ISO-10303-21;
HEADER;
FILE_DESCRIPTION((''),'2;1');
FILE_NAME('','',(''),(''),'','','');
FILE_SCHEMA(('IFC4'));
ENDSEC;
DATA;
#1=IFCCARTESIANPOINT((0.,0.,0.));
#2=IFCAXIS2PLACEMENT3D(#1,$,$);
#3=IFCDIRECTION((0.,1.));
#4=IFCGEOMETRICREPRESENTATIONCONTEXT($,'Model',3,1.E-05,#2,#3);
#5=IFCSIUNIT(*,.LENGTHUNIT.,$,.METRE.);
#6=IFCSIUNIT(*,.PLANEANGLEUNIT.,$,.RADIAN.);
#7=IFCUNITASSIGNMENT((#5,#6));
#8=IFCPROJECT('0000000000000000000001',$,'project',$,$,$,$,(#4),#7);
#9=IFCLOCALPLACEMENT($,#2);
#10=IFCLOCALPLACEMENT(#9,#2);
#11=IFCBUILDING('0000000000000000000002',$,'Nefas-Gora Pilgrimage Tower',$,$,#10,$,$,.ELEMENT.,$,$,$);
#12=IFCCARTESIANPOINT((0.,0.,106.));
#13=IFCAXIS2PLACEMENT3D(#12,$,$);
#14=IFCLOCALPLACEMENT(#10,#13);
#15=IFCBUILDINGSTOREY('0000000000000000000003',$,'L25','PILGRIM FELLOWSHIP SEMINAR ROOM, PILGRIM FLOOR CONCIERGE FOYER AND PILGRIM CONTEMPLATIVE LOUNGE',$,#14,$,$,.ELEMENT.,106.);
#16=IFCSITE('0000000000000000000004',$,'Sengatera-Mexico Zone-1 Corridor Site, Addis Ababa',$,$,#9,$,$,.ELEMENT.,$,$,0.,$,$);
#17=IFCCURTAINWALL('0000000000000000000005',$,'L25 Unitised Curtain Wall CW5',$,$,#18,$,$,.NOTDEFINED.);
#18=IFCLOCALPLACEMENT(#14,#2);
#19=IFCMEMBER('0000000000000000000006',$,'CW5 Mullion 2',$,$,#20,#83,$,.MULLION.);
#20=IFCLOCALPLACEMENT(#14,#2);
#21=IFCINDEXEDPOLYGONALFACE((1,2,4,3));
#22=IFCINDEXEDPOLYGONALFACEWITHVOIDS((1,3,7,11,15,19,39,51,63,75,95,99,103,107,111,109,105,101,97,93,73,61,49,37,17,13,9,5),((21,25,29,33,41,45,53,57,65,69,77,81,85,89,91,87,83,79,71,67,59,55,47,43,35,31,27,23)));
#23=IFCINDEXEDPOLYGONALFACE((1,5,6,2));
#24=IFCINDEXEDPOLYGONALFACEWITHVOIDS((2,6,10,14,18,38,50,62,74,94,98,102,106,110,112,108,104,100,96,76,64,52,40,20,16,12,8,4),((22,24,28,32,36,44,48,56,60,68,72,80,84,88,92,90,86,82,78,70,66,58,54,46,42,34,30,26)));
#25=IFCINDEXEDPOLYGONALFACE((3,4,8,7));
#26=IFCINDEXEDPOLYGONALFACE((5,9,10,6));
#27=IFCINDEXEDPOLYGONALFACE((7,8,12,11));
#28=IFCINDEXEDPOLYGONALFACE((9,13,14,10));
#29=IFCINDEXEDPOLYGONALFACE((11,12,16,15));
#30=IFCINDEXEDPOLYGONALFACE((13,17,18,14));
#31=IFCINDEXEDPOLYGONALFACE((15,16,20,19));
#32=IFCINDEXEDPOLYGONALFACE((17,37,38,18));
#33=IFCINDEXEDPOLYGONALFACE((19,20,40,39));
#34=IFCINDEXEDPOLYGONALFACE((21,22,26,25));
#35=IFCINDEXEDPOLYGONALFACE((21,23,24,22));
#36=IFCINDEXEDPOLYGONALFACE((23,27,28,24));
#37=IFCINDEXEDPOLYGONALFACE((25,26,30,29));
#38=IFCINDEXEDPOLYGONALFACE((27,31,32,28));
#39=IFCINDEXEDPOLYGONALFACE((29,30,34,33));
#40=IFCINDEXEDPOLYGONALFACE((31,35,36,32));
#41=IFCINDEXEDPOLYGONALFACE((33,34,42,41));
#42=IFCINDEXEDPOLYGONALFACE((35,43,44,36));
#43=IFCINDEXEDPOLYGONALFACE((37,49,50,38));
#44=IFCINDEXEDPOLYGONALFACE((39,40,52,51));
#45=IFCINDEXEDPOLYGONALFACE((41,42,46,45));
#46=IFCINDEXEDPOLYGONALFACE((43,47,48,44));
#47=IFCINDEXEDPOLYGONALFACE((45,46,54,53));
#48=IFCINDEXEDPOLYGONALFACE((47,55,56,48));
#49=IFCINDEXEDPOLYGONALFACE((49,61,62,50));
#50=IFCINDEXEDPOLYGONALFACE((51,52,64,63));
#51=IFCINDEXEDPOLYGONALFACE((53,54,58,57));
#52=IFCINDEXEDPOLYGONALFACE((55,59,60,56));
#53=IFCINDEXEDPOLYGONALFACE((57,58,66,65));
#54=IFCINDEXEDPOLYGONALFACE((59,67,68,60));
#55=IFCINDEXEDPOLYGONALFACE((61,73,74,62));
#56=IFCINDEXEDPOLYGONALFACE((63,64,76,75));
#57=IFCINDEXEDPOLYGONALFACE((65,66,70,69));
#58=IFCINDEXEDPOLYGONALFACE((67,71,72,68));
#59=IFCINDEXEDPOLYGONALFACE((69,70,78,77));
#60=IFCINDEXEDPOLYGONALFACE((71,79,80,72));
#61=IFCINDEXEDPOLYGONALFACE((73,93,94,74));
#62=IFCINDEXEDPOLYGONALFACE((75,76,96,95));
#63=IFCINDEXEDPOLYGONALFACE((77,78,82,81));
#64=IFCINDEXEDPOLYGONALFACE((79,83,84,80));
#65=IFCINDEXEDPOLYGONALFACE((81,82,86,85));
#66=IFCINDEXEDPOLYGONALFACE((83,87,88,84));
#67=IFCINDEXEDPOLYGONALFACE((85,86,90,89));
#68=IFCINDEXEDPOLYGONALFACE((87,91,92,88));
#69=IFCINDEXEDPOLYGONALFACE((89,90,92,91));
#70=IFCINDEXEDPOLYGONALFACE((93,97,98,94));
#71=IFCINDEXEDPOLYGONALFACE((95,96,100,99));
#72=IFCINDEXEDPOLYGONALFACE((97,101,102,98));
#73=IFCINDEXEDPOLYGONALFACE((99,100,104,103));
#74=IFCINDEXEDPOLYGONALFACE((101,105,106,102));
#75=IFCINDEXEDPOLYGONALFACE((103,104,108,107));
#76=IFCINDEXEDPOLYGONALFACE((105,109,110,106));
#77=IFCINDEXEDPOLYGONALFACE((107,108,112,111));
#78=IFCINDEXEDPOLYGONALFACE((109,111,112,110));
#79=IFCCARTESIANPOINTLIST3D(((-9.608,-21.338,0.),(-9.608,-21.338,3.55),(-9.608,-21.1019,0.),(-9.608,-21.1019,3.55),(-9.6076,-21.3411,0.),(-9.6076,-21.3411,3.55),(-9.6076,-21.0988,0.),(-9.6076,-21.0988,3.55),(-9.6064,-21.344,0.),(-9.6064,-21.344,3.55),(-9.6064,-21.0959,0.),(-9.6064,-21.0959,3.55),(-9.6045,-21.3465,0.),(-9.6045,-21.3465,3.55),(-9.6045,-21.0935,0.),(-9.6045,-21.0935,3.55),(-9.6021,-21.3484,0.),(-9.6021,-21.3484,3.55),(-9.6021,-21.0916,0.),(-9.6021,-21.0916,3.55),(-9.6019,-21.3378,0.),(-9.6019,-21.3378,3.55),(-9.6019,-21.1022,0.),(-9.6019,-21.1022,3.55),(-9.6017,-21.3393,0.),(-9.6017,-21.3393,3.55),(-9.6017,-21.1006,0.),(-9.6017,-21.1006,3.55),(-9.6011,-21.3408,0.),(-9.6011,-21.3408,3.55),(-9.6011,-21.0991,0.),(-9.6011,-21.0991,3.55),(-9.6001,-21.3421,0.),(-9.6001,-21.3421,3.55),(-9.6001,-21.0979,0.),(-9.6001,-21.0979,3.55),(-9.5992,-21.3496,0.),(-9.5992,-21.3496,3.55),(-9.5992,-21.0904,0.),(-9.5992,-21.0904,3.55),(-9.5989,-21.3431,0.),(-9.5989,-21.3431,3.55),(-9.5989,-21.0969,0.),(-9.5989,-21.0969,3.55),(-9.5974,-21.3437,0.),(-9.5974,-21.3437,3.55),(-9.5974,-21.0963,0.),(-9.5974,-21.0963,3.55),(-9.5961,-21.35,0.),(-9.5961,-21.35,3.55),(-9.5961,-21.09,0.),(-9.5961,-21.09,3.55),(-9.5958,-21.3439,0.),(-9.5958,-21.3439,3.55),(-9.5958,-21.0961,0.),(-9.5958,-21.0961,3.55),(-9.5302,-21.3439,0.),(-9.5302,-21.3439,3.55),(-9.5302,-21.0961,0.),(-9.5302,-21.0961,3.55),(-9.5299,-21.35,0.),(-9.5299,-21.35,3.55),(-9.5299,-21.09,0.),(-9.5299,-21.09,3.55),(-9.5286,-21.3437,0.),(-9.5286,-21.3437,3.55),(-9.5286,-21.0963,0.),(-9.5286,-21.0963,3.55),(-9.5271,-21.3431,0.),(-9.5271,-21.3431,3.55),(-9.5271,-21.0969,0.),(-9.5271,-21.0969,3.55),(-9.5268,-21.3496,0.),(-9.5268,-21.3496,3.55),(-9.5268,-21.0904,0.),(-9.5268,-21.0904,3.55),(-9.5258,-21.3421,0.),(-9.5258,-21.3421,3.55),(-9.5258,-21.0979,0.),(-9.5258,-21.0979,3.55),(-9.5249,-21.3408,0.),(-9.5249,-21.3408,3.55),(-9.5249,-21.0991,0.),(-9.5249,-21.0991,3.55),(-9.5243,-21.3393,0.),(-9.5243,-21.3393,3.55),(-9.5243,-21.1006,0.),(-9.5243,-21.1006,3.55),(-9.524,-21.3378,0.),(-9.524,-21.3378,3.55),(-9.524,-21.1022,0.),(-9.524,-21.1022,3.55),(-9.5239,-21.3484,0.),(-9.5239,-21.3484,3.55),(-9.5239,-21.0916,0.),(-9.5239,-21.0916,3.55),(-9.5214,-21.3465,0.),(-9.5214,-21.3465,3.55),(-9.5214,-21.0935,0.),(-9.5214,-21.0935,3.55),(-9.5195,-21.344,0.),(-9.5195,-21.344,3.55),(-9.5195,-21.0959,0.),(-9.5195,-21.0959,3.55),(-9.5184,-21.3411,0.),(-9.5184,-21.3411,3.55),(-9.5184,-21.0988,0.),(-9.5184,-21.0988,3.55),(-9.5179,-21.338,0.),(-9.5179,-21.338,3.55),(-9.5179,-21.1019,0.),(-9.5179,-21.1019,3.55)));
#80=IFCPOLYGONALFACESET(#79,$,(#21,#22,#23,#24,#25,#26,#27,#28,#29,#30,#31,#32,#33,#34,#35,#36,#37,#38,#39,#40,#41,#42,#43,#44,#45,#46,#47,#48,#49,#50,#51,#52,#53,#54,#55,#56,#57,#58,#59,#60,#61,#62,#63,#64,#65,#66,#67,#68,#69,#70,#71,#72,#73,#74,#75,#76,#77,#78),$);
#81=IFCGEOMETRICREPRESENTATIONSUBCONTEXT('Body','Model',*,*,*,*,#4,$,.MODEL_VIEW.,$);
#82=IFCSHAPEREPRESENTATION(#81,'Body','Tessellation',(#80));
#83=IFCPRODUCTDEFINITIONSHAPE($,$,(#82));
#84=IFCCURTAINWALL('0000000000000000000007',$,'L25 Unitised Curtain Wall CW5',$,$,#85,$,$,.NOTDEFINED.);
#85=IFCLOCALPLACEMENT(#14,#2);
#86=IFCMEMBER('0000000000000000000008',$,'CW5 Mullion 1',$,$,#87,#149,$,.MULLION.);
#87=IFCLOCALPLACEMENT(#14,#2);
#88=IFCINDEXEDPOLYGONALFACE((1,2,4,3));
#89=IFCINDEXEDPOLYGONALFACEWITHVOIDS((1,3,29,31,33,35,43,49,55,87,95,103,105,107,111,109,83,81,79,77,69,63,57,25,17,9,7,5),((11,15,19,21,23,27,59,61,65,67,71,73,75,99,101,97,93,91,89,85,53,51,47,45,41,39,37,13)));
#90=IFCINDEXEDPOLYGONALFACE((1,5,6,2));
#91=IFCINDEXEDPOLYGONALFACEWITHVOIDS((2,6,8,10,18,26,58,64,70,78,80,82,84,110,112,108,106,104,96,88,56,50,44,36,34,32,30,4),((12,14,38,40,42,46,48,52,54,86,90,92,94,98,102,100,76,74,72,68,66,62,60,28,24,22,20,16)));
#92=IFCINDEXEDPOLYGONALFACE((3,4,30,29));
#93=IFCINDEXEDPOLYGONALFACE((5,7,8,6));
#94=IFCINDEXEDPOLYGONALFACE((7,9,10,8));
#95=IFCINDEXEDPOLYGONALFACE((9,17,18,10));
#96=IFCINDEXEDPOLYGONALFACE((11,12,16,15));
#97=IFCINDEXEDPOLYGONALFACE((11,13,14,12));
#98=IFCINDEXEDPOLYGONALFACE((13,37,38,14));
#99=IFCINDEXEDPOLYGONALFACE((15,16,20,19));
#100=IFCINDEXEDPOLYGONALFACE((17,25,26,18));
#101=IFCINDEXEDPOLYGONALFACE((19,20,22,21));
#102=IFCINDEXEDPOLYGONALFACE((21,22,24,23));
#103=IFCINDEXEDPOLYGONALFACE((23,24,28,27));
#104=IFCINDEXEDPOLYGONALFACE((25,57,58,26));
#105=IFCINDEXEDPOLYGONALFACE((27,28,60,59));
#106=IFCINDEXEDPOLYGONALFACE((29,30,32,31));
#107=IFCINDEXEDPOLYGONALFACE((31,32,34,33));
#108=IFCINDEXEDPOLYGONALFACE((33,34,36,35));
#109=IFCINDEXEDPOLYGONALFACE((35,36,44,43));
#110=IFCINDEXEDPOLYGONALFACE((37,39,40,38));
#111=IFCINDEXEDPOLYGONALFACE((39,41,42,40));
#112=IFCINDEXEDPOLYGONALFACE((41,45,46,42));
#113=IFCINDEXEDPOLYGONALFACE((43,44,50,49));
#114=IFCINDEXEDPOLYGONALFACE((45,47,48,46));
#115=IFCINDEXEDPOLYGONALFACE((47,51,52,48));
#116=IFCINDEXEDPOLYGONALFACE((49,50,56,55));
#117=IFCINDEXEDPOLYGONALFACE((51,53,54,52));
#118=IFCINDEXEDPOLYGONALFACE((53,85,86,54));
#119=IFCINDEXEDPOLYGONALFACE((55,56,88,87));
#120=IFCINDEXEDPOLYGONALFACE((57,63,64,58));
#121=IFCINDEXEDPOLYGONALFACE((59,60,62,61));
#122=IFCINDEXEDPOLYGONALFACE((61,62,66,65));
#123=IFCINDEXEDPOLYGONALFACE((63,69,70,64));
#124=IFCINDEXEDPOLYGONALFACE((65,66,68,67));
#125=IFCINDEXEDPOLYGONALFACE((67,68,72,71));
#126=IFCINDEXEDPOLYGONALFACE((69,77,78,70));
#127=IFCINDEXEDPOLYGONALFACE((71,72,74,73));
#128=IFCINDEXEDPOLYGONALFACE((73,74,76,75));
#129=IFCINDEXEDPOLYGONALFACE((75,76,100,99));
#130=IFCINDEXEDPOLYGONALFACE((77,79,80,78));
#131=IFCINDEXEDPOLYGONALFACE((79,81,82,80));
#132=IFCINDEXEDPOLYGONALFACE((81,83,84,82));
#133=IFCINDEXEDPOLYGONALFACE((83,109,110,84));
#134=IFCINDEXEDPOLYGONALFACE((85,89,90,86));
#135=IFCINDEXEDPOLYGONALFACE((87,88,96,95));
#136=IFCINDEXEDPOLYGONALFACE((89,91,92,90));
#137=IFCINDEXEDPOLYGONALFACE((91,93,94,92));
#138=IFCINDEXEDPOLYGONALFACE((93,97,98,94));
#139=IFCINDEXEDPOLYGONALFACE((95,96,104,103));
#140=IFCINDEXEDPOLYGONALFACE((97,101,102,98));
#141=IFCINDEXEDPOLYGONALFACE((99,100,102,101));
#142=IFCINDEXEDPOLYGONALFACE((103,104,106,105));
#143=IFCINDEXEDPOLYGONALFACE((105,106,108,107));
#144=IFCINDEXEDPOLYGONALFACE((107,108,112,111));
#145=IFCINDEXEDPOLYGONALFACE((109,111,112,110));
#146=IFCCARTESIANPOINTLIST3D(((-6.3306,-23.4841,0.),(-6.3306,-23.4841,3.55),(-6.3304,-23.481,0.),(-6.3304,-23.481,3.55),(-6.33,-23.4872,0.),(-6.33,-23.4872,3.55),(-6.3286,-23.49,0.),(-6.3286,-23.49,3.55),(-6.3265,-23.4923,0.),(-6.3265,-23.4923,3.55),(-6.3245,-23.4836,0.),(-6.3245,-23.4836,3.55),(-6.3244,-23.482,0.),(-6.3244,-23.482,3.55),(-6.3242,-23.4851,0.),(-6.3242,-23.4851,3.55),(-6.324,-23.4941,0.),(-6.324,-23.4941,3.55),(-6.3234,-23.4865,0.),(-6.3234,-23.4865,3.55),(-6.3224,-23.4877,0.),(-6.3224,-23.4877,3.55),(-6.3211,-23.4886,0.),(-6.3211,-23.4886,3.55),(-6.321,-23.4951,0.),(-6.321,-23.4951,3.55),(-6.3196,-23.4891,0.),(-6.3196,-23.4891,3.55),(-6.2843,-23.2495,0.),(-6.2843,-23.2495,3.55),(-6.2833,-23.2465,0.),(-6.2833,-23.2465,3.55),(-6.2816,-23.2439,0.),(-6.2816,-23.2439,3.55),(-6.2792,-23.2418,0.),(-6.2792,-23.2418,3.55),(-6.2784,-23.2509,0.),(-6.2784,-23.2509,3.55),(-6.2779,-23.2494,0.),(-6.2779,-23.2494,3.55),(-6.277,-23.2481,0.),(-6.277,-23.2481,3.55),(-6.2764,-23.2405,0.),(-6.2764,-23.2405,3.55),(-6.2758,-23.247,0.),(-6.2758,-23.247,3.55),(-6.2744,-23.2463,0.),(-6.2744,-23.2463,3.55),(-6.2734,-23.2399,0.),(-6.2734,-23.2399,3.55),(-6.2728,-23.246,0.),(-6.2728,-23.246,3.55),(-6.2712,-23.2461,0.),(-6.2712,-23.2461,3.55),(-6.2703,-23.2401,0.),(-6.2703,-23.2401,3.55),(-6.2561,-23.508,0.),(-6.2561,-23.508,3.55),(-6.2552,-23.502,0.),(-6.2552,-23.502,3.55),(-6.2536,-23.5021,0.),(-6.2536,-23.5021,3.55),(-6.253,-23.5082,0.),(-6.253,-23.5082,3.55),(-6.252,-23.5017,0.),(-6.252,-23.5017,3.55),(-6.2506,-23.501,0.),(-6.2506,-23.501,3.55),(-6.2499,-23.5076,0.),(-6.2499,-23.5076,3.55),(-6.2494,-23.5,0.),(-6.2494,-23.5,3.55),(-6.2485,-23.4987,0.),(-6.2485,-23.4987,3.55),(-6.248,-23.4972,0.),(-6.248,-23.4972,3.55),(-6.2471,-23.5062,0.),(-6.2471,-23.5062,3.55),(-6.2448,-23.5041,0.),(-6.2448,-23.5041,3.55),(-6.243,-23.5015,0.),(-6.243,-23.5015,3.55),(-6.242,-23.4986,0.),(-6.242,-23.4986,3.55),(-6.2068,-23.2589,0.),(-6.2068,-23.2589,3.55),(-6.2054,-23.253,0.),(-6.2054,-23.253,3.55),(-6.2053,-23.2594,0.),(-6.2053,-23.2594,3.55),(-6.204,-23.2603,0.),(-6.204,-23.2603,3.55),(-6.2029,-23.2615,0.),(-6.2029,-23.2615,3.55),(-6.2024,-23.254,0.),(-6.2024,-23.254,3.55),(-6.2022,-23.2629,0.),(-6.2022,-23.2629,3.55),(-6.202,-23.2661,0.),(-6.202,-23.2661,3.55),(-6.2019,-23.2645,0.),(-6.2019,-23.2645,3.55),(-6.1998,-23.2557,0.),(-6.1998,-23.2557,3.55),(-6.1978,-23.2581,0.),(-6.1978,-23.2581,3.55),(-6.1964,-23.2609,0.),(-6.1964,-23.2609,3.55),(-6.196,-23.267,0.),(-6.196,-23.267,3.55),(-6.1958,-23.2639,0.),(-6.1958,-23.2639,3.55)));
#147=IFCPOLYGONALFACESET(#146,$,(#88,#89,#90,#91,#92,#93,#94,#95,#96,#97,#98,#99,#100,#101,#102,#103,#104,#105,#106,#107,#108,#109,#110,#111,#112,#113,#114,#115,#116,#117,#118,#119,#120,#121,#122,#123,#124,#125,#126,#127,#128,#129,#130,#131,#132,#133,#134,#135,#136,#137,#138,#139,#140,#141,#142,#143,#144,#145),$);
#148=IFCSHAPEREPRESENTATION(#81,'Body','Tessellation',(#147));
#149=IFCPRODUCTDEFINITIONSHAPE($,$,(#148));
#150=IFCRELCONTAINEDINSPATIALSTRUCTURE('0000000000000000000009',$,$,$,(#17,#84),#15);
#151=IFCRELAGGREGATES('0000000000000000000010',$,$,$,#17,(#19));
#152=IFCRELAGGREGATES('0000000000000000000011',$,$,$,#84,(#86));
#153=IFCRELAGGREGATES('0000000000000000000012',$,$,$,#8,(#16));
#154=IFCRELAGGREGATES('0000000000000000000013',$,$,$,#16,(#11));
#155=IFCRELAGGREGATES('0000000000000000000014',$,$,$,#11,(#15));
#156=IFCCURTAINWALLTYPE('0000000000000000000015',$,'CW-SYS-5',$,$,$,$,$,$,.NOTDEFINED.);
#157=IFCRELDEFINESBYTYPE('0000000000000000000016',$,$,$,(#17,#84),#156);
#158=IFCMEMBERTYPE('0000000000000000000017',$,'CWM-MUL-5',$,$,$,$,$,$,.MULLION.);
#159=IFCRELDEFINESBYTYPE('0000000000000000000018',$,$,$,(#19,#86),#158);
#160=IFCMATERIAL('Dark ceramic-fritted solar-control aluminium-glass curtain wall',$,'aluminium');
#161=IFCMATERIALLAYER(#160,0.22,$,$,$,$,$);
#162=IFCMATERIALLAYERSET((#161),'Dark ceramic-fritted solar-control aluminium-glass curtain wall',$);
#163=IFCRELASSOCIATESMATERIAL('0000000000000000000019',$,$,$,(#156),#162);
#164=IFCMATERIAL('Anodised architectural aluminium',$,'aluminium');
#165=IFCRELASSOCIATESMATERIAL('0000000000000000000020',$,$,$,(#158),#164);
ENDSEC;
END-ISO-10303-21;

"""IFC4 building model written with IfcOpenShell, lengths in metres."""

from ifc_helpers import new_model, si_unit, direction, frame, origin, origin_2d, place, context, subcontext, project, spatial, hollow_rectangle, extrude, source, transform, mapped, material, layer, layer_set, material_profile, profile_set, type_object, element, aggregate, save


model = new_model("IFC4")

# Units and contexts
model_context = context("Model", 3, precision=1e-05, world=origin(), true_north=direction((0.0, 1.0)))
body_context = subcontext(model_context, "Body", "Model", "MODEL_VIEW")
ifc_project = project(units=[si_unit("LENGTHUNIT", "METRE"), si_unit("PLANEANGLEUNIT", "RADIAN")], contexts=[model_context])

# Site, building, storey
site_placement = place(None, origin())
site = spatial("IfcSite", under=ifc_project, at=site_placement, Name="Sengatera-Mexico Zone-1 Corridor Site, Addis Ababa", CompositionType="ELEMENT", RefElevation=0.0)
building_placement = place(site_placement, origin())
building = spatial("IfcBuilding", under=site, at=building_placement, Name="Nefas-Gora Pilgrimage Tower", CompositionType="ELEMENT")
storey_placement = place(building_placement, frame((0.0, 0.0, 106.0)))
storey = spatial("IfcBuildingStorey", under=building, at=storey_placement, Name="L25", Description="PILGRIM FELLOWSHIP SEMINAR ROOM, PILGRIM FLOOR CONCIERGE FOYER AND PILGRIM CONTEMPLATIVE LOUNGE", CompositionType="ELEMENT", Elevation=106.0)

# Curtain wall, member
ifc_material_1 = material(Name="Dark ceramic-fritted solar-control aluminium-glass curtain wall", Category="aluminium")
ifc_layer_1 = layer(ifc_material_1, 0.22)
ifc_layer_set_1 = layer_set([ifc_layer_1], Name="Dark ceramic-fritted solar-control aluminium-glass curtain wall")
curtain_wall_type = type_object("IfcCurtainWallType", Name="CW-SYS-5", PredefinedType="NOTDEFINED", material=ifc_layer_set_1)
curtain_wall_1_placement = place(storey_placement, origin())
curtain_wall_1 = element("IfcCurtainWall", 1, at=curtain_wall_1_placement, inside=storey, type_object=curtain_wall_type, Name="L25 Unitised Curtain Wall CW5", PredefinedType="NOTDEFINED")
ifc_material_2 = material(Name="Anodised architectural aluminium", Category="aluminium")
ifc_material_profile_1 = material_profile(ifc_material_2, hollow_rectangle(XDim=0.0901, YDim=0.26, WallThickness=0.0061, InnerFilletRadius=0.0061, OuterFilletRadius=0.012, at=origin_2d()), Name="ALU MULLION 90x260")
ifc_profile_set_1 = profile_set([ifc_material_profile_1], Name="Anodised architectural aluminium")
member_type_1 = type_object("IfcMemberType", Name="CWM-MUL-5", PredefinedType="MULLION", material=ifc_profile_set_1)
shared_shape_1 = source(origin(), body_context, "Body", "SweptSolid", [
    extrude(hollow_rectangle(XDim=0.0901, YDim=0.26, WallThickness=0.0061, InnerFilletRadius=0.0061, OuterFilletRadius=0.012, at=origin_2d()), origin(), (0.0, 0.0, 1.0), 3.55),
])
member_1_placement = place(storey_placement, frame((-9.563, -21.22, 0.0), z_axis=(0.0, 0.0, 1.0), x_axis=(1.0, 0.0, 0.0)))
member_1 = element("IfcMember", 2, at=member_1_placement, type_object=member_type_1, Name="CW5 Mullion 2", PredefinedType="MULLION", context=body_context, shape_type="MappedRepresentation", body=[
    mapped(shared_shape_1, transform((0.0, 0.0, 0.0), x_axis=(1.0, 0.0, 0.0), y_axis=(0.0, 1.0, 0.0), z_axis=(0.0, 0.0, 1.0), scale=1.0)),
])
aggregate(curtain_wall_1, [member_1])

# Curtain wall, member
curtain_wall_2_placement = place(storey_placement, origin())
curtain_wall_2 = element("IfcCurtainWall", 3, at=curtain_wall_2_placement, inside=storey, type_object=curtain_wall_type, Name="L25 Unitised Curtain Wall CW5", PredefinedType="NOTDEFINED")
member_2_placement = place(storey_placement, frame((-6.2632, -23.374, 0.0), z_axis=(0.0, 0.0, 1.0), x_axis=(0.980783, -0.195102, 0.0)))
member_2 = element("IfcMember", 4, at=member_2_placement, type_object=member_type_1, Name="CW5 Mullion 1", PredefinedType="MULLION", context=body_context, shape_type="MappedRepresentation", body=[
    mapped(shared_shape_1, transform((0.0, 0.0, 0.0), x_axis=(1.0, 0.0, 0.0), y_axis=(0.0, 1.0, 0.0), z_axis=(0.0, 0.0, 1.0), scale=1.0)),
])

aggregate(curtain_wall_2, [member_2])

save(model, "model.ifc")
